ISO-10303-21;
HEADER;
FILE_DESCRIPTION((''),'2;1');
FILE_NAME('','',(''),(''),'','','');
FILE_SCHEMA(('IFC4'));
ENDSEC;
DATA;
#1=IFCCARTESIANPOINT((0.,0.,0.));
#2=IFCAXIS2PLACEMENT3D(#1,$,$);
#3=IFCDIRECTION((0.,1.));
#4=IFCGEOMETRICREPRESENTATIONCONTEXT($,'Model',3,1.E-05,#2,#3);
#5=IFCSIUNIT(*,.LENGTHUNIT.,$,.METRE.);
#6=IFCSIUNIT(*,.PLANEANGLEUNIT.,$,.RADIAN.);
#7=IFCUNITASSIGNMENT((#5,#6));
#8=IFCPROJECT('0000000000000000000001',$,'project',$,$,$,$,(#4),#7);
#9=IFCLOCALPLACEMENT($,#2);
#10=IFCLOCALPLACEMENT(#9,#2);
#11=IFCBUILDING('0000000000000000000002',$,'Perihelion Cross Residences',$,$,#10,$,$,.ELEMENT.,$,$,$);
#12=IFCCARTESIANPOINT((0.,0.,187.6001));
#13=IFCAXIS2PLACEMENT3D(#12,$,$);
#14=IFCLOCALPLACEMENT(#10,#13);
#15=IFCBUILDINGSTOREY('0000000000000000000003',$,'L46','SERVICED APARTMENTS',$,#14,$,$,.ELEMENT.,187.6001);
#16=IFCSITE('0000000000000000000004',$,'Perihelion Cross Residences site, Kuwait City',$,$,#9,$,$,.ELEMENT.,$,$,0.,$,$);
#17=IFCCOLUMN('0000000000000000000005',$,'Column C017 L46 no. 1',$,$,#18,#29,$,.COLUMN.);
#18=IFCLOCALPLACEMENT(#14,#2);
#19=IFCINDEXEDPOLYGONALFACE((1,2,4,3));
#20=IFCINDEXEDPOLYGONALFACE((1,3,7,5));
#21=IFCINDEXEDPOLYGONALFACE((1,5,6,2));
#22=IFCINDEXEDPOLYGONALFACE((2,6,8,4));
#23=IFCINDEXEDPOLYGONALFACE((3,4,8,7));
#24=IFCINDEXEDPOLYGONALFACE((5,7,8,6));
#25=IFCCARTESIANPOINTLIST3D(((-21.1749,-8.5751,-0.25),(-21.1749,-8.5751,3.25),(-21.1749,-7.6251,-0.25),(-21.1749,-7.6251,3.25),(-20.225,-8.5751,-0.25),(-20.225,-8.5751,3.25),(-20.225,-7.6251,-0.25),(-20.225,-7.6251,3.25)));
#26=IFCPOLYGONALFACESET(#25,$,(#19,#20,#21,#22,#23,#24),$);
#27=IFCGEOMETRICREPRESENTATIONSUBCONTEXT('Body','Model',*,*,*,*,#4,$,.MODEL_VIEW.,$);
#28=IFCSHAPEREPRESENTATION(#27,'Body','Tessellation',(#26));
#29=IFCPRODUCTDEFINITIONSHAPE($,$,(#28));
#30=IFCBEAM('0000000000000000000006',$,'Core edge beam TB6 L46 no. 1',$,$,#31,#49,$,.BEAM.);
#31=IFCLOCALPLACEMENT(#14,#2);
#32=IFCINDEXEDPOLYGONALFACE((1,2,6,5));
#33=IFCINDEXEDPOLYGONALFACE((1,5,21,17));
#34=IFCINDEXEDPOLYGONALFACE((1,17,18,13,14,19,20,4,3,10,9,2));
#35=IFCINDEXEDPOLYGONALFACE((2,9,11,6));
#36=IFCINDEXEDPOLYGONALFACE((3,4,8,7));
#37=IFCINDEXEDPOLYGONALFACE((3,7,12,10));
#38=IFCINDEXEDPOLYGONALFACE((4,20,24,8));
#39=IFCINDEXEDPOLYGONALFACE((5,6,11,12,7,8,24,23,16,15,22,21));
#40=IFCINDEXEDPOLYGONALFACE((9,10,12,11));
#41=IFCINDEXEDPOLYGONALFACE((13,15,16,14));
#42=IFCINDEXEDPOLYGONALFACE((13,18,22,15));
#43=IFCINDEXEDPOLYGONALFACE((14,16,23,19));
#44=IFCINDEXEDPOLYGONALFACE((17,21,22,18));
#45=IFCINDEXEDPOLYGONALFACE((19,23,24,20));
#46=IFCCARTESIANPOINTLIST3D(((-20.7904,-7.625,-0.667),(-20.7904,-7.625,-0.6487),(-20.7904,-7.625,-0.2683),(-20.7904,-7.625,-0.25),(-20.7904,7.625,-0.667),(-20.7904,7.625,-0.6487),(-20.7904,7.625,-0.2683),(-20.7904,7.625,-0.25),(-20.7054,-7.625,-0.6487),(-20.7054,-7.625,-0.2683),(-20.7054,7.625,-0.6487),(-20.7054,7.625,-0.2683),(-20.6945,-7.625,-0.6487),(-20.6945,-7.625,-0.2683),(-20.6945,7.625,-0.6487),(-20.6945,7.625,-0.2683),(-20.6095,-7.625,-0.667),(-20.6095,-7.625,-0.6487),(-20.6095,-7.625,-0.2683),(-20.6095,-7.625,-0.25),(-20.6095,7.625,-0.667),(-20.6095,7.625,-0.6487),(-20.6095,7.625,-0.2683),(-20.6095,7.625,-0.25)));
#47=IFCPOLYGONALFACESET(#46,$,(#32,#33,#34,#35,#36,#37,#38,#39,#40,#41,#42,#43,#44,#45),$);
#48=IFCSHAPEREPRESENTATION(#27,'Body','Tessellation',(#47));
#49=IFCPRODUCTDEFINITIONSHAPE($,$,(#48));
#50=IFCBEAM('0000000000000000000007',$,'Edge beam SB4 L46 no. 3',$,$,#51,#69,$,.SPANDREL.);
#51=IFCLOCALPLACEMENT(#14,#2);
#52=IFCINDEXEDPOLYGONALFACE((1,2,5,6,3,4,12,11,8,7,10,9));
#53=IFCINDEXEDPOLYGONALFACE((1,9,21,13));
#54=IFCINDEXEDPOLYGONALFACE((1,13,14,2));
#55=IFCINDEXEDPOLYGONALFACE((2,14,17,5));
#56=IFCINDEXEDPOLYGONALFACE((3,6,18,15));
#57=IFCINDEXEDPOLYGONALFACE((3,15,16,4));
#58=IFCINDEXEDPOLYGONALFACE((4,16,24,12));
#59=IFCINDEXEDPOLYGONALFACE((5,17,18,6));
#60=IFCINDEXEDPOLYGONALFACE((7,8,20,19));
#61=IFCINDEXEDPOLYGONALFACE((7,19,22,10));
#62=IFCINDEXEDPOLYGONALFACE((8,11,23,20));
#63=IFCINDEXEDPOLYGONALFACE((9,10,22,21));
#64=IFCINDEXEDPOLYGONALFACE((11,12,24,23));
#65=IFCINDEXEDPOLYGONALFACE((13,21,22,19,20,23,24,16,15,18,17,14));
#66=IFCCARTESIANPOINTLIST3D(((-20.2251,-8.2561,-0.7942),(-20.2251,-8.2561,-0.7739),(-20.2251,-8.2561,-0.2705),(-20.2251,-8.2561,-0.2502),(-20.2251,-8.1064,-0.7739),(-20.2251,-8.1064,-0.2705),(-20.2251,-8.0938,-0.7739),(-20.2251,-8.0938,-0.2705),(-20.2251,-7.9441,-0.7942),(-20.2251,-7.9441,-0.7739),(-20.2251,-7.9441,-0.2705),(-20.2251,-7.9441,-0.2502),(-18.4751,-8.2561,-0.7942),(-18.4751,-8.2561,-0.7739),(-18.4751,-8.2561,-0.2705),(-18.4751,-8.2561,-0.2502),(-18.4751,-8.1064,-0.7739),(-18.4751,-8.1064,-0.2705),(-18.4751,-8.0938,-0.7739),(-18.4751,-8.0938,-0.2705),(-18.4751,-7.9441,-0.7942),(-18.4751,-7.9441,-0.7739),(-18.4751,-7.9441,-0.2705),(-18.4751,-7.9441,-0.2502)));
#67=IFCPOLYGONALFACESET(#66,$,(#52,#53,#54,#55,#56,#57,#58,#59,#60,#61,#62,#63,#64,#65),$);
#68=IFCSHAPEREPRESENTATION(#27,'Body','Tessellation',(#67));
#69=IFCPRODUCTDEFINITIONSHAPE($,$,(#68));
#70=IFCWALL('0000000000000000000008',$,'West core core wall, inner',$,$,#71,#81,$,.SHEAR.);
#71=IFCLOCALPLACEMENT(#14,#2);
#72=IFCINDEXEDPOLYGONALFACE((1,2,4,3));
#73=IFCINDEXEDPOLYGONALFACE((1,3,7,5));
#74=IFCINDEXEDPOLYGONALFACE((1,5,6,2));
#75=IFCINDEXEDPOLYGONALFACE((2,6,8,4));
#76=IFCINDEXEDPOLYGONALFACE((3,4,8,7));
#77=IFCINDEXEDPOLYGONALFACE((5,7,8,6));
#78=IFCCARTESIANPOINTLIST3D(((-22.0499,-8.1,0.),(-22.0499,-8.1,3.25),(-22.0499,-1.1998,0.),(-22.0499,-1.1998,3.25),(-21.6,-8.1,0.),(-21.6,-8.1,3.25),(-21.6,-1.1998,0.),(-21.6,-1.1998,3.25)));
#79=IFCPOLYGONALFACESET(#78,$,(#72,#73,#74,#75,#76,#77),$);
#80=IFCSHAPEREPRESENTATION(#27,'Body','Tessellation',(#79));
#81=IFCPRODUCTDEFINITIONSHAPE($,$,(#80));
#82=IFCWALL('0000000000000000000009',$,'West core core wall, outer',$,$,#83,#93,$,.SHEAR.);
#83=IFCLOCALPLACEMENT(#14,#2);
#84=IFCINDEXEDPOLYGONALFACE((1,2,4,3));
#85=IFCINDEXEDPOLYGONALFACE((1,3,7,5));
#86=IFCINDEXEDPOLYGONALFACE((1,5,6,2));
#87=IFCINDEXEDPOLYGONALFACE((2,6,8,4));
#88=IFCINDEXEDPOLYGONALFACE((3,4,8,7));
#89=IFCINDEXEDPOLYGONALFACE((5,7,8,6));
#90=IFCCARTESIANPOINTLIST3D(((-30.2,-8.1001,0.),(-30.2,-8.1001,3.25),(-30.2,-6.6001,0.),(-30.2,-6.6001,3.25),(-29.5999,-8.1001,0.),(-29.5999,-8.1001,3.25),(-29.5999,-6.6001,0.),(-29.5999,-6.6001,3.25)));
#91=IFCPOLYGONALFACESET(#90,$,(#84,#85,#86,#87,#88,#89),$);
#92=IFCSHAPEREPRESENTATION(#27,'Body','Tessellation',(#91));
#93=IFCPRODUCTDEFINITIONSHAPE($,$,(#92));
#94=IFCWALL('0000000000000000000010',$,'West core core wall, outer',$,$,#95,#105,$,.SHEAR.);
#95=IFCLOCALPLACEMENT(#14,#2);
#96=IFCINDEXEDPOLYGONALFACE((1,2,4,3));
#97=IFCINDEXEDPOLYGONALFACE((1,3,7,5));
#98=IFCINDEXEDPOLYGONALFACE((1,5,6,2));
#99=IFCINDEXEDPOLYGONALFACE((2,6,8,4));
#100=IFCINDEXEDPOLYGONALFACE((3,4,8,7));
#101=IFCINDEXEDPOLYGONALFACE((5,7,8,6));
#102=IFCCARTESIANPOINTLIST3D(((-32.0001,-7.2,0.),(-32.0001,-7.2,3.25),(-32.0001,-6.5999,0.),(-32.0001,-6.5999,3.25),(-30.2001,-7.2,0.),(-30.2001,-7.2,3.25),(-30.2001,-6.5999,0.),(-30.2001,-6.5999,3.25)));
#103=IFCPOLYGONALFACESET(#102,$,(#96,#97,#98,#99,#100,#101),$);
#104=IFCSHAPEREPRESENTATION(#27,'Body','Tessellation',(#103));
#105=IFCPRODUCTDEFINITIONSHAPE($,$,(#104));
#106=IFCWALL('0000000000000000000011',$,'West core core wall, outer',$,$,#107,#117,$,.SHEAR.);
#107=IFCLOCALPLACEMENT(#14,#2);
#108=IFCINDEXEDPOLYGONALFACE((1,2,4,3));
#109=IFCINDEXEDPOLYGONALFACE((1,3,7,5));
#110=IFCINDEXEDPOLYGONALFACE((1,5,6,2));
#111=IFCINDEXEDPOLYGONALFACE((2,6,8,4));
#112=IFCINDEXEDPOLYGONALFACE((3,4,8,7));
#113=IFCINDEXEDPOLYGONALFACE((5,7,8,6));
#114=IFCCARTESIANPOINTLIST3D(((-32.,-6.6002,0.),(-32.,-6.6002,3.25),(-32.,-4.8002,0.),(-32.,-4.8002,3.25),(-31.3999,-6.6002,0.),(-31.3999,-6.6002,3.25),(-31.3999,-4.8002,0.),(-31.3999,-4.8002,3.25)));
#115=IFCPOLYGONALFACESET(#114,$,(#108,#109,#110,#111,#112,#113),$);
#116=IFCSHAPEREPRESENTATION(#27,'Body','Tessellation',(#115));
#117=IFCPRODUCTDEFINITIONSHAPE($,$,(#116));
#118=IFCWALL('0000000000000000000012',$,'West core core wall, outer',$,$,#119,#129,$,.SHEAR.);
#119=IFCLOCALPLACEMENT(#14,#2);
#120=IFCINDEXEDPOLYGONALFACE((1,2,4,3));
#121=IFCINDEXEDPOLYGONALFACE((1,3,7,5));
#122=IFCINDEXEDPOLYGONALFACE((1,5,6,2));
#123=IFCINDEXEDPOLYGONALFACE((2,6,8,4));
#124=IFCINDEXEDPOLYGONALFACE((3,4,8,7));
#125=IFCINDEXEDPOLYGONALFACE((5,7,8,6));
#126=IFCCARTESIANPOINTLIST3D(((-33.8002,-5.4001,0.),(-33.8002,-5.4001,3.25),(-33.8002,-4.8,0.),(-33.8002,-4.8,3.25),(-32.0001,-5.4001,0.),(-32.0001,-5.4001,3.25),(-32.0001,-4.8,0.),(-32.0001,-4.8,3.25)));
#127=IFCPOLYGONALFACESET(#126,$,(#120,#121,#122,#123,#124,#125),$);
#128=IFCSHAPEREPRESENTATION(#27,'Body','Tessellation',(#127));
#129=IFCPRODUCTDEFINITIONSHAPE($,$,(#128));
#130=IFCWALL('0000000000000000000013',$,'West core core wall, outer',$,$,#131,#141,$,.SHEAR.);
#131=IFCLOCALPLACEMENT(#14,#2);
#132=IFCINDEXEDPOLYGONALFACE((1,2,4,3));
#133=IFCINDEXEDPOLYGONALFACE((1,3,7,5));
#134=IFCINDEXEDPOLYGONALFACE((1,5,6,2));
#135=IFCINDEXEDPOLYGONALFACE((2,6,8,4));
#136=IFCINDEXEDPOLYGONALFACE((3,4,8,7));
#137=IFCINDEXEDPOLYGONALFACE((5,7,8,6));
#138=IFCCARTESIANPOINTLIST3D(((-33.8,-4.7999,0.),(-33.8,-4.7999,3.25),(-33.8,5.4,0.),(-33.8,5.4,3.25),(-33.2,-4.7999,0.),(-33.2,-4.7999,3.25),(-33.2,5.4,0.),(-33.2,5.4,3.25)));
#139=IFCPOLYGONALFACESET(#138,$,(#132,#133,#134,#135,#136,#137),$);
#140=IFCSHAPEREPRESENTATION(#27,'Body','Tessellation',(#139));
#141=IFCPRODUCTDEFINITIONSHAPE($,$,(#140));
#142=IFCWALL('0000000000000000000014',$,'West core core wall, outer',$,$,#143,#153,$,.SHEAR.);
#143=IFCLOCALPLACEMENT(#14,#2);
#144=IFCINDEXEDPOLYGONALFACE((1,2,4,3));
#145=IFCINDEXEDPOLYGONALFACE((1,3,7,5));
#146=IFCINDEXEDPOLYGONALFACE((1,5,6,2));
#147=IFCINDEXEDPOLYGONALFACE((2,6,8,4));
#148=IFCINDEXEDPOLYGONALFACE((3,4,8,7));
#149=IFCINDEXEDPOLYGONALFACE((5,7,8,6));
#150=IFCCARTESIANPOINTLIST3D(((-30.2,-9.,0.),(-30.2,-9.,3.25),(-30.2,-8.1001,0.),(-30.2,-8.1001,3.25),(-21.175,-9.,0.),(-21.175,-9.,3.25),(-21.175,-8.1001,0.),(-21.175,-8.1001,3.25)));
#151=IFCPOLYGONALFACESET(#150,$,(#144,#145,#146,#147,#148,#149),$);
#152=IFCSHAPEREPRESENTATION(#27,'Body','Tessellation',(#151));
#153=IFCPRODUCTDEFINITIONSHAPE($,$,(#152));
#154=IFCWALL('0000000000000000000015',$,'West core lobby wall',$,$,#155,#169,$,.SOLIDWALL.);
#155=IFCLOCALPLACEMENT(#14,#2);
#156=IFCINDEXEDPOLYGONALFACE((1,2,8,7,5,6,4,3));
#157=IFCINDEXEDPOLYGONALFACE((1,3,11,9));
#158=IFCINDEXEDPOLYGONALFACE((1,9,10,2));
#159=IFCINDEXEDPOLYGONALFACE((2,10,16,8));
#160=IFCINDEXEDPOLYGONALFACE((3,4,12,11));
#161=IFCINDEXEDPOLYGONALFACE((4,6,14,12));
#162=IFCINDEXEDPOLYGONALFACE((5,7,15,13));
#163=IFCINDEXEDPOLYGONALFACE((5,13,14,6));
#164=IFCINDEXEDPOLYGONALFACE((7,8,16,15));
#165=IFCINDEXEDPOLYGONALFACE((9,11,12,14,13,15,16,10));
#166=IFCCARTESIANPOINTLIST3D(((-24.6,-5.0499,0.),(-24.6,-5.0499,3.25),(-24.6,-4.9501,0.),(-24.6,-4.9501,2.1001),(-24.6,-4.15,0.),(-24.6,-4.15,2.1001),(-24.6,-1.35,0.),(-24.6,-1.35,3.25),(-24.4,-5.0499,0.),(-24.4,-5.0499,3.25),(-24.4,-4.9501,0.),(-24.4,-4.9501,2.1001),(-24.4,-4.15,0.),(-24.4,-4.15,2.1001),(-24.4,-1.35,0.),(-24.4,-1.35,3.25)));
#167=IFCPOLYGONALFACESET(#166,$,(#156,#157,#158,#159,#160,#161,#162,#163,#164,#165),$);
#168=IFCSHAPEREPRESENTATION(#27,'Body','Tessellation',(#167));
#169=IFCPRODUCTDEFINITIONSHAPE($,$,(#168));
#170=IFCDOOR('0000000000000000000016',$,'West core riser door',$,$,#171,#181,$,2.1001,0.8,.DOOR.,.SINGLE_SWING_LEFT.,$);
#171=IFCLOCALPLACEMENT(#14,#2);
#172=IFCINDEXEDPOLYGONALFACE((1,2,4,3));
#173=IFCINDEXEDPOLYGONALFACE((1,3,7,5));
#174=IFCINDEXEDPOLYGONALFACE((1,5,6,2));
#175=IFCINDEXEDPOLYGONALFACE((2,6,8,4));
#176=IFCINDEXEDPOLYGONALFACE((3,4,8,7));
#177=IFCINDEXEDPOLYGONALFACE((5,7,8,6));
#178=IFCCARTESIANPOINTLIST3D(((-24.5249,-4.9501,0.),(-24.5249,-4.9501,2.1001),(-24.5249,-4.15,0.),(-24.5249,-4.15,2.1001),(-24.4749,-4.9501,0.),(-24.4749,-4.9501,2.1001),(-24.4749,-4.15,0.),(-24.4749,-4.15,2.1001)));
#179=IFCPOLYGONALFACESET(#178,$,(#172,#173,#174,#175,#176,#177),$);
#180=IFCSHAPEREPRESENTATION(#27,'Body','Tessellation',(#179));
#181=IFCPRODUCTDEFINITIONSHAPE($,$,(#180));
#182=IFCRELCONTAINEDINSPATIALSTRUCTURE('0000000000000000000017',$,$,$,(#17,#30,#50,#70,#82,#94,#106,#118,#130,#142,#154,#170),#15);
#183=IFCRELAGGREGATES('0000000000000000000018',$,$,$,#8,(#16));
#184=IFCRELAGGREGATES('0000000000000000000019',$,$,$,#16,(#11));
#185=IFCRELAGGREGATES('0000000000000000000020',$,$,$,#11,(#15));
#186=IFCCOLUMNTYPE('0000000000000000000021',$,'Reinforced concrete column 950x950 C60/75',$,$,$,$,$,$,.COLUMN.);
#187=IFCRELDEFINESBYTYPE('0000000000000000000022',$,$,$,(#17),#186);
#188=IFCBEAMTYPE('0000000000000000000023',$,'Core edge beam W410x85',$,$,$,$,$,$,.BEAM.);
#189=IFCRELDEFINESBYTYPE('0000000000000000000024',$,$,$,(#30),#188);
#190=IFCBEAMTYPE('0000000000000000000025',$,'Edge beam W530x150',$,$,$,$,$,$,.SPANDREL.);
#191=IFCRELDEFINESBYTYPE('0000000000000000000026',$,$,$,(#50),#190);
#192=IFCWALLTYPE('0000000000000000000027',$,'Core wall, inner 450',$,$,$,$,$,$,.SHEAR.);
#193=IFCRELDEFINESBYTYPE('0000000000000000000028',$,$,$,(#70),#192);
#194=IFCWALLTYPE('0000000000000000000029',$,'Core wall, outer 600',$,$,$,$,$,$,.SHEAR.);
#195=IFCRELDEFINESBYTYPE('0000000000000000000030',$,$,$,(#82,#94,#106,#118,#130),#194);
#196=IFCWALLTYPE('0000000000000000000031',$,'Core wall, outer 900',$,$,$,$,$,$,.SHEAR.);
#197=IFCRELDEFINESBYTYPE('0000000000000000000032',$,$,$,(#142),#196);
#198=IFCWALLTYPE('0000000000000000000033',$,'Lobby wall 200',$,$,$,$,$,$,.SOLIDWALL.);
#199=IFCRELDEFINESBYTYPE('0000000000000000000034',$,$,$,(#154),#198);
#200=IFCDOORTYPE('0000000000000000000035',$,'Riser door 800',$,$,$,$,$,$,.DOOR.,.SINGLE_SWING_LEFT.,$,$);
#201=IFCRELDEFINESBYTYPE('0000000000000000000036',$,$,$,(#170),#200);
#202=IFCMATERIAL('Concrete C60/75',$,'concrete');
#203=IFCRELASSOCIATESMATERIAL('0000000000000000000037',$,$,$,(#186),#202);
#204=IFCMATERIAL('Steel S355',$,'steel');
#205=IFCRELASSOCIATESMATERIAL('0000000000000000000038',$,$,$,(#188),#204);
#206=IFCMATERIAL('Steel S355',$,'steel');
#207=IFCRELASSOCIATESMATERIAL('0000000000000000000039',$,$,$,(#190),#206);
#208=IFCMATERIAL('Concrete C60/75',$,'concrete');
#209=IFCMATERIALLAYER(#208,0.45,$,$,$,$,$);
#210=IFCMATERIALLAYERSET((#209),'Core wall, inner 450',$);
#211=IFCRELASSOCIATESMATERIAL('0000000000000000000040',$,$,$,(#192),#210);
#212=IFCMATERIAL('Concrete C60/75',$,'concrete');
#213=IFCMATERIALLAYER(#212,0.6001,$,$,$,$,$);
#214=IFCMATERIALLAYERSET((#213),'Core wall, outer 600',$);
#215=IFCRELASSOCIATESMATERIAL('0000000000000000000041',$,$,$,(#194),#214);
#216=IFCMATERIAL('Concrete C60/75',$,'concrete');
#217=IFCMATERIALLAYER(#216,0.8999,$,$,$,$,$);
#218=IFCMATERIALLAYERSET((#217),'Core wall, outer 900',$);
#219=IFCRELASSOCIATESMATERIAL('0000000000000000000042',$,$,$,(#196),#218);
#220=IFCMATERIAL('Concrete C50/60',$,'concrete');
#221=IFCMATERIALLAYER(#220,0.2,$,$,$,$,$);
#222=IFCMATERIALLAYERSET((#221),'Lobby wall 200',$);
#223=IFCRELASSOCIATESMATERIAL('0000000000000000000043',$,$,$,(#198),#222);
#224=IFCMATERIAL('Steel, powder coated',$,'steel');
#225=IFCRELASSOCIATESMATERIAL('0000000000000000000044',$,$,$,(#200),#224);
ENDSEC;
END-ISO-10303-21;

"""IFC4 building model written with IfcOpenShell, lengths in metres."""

from ifc_helpers import new_model, si_unit, direction, frame, frame_2d, origin, origin_2d, place, context, subcontext, project, spatial, rectangle, i_section, extrude, material, layer, layer_set, material_profile, profile_set, type_object, element, fill, save


model = new_model("IFC4")

# Units and contexts
model_context = context("Model", 3, precision=1e-05, world=origin(), true_north=direction((0.0, 1.0)))
body_context = subcontext(model_context, "Body", "Model", "MODEL_VIEW")
ifc_project = project(units=[si_unit("LENGTHUNIT", "METRE"), si_unit("PLANEANGLEUNIT", "RADIAN")], contexts=[model_context])

# Site, building, storey
site_placement = place(None, origin())
site = spatial("IfcSite", under=ifc_project, at=site_placement, Name="Perihelion Cross Residences site, Kuwait City", CompositionType="ELEMENT", RefElevation=0.0)
building_placement = place(site_placement, origin())
building = spatial("IfcBuilding", under=site, at=building_placement, Name="Perihelion Cross Residences", CompositionType="ELEMENT")
storey_placement = place(building_placement, frame((0.0, 0.0, 187.6001)))
storey = spatial("IfcBuildingStorey", under=building, at=storey_placement, Name="L46", Description="SERVICED APARTMENTS", CompositionType="ELEMENT", Elevation=187.6001)

# Column
ifc_material_1 = material(Name="Concrete C60/75", Category="concrete")
ifc_material_profile_1 = material_profile(ifc_material_1, rectangle(XDim=0.95, YDim=0.95, at=origin_2d()), Name="RC 950x950")
ifc_profile_set_1 = profile_set([ifc_material_profile_1], Name="Concrete C60/75")
column_type = type_object("IfcColumnType", Name="Reinforced concrete column 950x950 C60/75", PredefinedType="COLUMN", material=ifc_profile_set_1)
column_placement = place(storey_placement, frame((-20.7, -8.1001, -0.25), z_axis=(0.0, 0.0, 1.0), x_axis=(1.0, 0.0, 0.0)))
element("IfcColumn", 1, at=column_placement, inside=storey, type_object=column_type, Name="Column C017 L46 no. 1", PredefinedType="COLUMN", context=body_context, shape_type="SweptSolid", body=[
    extrude(rectangle(XDim=0.95, YDim=0.95, at=origin_2d()), origin(), (0.0, 0.0, 1.0), 3.5),
])

# Beams
ifc_material_2 = material(Name="Steel S355", Category="steel")
ifc_material_profile_2 = material_profile(ifc_material_2, i_section(OverallWidth=0.1809, OverallDepth=0.417, WebThickness=0.011, FlangeThickness=0.0183, at=origin_2d()), Name="W410x85")
ifc_profile_set_2 = profile_set([ifc_material_profile_2], Name="Steel S355")
beam_type_1 = type_object("IfcBeamType", Name="Core edge beam W410x85", PredefinedType="BEAM", material=ifc_profile_set_2)
beam_1_placement = place(storey_placement, frame((-20.7, -7.625, -0.4585), z_axis=(0.0, 1.0, 0.0), x_axis=(-1.0, 0.0, 0.0)))
element("IfcBeam", 2, at=beam_1_placement, inside=storey, type_object=beam_type_1, Name="Core edge beam TB6 L46 no. 1", PredefinedType="BEAM", context=body_context, shape_type="SweptSolid", body=[
    extrude(i_section(OverallWidth=0.1809, OverallDepth=0.417, WebThickness=0.011, FlangeThickness=0.0183, at=origin_2d()), origin(), (0.0, 0.0, 1.0), 15.25),
])
ifc_material_3 = material(Name="Steel S355", Category="steel")
ifc_material_profile_3 = material_profile(ifc_material_3, i_section(OverallWidth=0.312, OverallDepth=0.5439, WebThickness=0.0127, FlangeThickness=0.0203, at=origin_2d()), Name="W530x150")
ifc_profile_set_3 = profile_set([ifc_material_profile_3], Name="Steel S355")
beam_type_2 = type_object("IfcBeamType", Name="Edge beam W530x150", PredefinedType="SPANDREL", material=ifc_profile_set_3)
beam_2_placement = place(storey_placement, frame((-20.2251, -8.1001, -0.5222), z_axis=(1.0, 0.0, 0.0), x_axis=(0.0, 1.0, 0.0)))
element("IfcBeam", 3, at=beam_2_placement, inside=storey, type_object=beam_type_2, Name="Edge beam SB4 L46 no. 3", PredefinedType="SPANDREL", context=body_context, shape_type="SweptSolid", body=[
    extrude(i_section(OverallWidth=0.312, OverallDepth=0.5439, WebThickness=0.0127, FlangeThickness=0.0203, at=origin_2d()), origin(), (0.0, 0.0, 1.0), 1.75),
])

# Walls
ifc_material_4 = material(Name="Concrete C60/75", Category="concrete")
ifc_layer_1 = layer(ifc_material_4, 0.45)
ifc_layer_set_1 = layer_set([ifc_layer_1], Name="Core wall, inner 450")
wall_type_1 = type_object("IfcWallType", Name="Core wall, inner 450", PredefinedType="SHEAR", material=ifc_layer_set_1)
wall_1_placement = place(storey_placement, frame((-21.825, -8.1001, 0.0), z_axis=(0.0, 0.0, 1.0), x_axis=(0.0, 1.0, 0.0)))
element("IfcWall", 4, at=wall_1_placement, inside=storey, type_object=wall_type_1, Name="West core core wall, inner", PredefinedType="SHEAR", context=body_context, shape_type="SweptSolid", body=[
    extrude(rectangle(XDim=6.9001, YDim=0.45, at=frame_2d((3.4502, 0.0))), origin(), (0.0, 0.0, 1.0), 3.25),
])
ifc_material_5 = material(Name="Concrete C60/75", Category="concrete")
ifc_layer_2 = layer(ifc_material_5, 0.6001)
ifc_layer_set_2 = layer_set([ifc_layer_2], Name="Core wall, outer 600")
wall_type_2 = type_object("IfcWallType", Name="Core wall, outer 600", PredefinedType="SHEAR", material=ifc_layer_set_2)
wall_2_placement = place(storey_placement, frame((-29.8999, -8.1001, 0.0), z_axis=(0.0, 0.0, 1.0), x_axis=(0.0, 1.0, 0.0)))
element("IfcWall", 5, at=wall_2_placement, inside=storey, type_object=wall_type_2, Name="West core core wall, outer", PredefinedType="SHEAR", context=body_context, shape_type="SweptSolid", body=[
    extrude(rectangle(XDim=1.5, YDim=0.6001, at=frame_2d((0.75, 0.0))), origin(), (0.0, 0.0, 1.0), 3.25),
])
for number, where, z_axis, x_axis, name in (
    (6, (-32.0, -6.8999, 0.0), (0.0, 0.0, 1.0), (1.0, 0.0, 0.0), "West core core wall, outer"),
    (7, (-31.7, -6.6001, 0.0), (0.0, 0.0, 1.0), (0.0, 1.0, 0.0), "West core core wall, outer"),
    (8, (-33.8, -5.1001, 0.0), (0.0, 0.0, 1.0), (1.0, 0.0, 0.0), "West core core wall, outer"),
):
    element("IfcWall", number, at=place(storey_placement, frame(where, z_axis=z_axis, x_axis=x_axis)), inside=storey, type_object=wall_type_2, Name=name, PredefinedType="SHEAR", context=body_context, shape_type="SweptSolid", body=[
        extrude(rectangle(XDim=1.8, YDim=0.6001, at=frame_2d((0.8999, 0.0))), origin(), (0.0, 0.0, 1.0), 3.25),
    ])
wall_3_placement = place(storey_placement, frame((-33.5, -4.8, 0.0), z_axis=(0.0, 0.0, 1.0), x_axis=(0.0, 1.0, 0.0)))
element("IfcWall", 9, at=wall_3_placement, inside=storey, type_object=wall_type_2, Name="West core core wall, outer", PredefinedType="SHEAR", context=body_context, shape_type="SweptSolid", body=[
    extrude(rectangle(XDim=10.2, YDim=0.6001, at=frame_2d((5.1001, 0.0))), origin(), (0.0, 0.0, 1.0), 3.25),
])
ifc_material_6 = material(Name="Concrete C60/75", Category="concrete")
ifc_layer_3 = layer(ifc_material_6, 0.8999)
ifc_layer_set_3 = layer_set([ifc_layer_3], Name="Core wall, outer 900")
wall_type_3 = type_object("IfcWallType", Name="Core wall, outer 900", PredefinedType="SHEAR", material=ifc_layer_set_3)
wall_4_placement = place(storey_placement, frame((-30.2, -8.55, 0.0), z_axis=(0.0, 0.0, 1.0), x_axis=(1.0, 0.0, 0.0)))
element("IfcWall", 10, at=wall_4_placement, inside=storey, type_object=wall_type_3, Name="West core core wall, outer", PredefinedType="SHEAR", context=body_context, shape_type="SweptSolid", body=[
    extrude(rectangle(XDim=9.0249, YDim=0.8999, at=frame_2d((4.5125, 0.0))), origin(), (0.0, 0.0, 1.0), 3.25),
])

# Wall, opening, door
ifc_material_7 = material(Name="Concrete C50/60", Category="concrete")
ifc_layer_4 = layer(ifc_material_7, 0.2)
ifc_layer_set_4 = layer_set([ifc_layer_4], Name="Lobby wall 200")
wall_type_4 = type_object("IfcWallType", Name="Lobby wall 200", PredefinedType="SOLIDWALL", material=ifc_layer_set_4)
wall_5_placement = place(storey_placement, frame((-24.5, -5.05, 0.0), z_axis=(0.0, 0.0, 1.0), x_axis=(0.0, 1.0, 0.0)))
wall_5 = element("IfcWall", 11, at=wall_5_placement, inside=storey, type_object=wall_type_4, Name="West core lobby wall", PredefinedType="SOLIDWALL", context=body_context, shape_type="SweptSolid", body=[
    extrude(rectangle(XDim=3.7, YDim=0.2, at=frame_2d((1.8501, 0.0))), origin(), (0.0, 0.0, 1.0), 3.25),
])
opening_1_placement = place(wall_5_placement, frame((0.1001, 0.0, 0.0)))
opening_1 = element("IfcOpeningElement", 12, at=opening_1_placement, cuts=wall_5, PredefinedType="OPENING", context=body_context, shape_type="SweptSolid", body=[
    extrude(rectangle(XDim=0.8, YDim=2.1001, at=frame_2d((0.3999, 1.05))), frame((0.0, 0.1099, 0.0), z_axis=(0.0, -1.0, 0.0), x_axis=(1.0, 0.0, 0.0)), (0.0, 0.0, 1.0), 0.22),
])
ifc_material_8 = material(Name="Steel, powder coated", Category="steel")
door_type_1 = type_object("IfcDoorType", Name="Riser door 800", OperationType="SINGLE_SWING_LEFT", PredefinedType="DOOR", material=ifc_material_8)
door_1_placement = place(opening_1_placement, origin())
door_1 = element("IfcDoor", 13, at=door_1_placement, inside=storey, type_object=door_type_1, Name="West core riser door", OperationType="SINGLE_SWING_LEFT", OverallHeight=2.1001, OverallWidth=0.8, PredefinedType="DOOR", context=body_context, shape_type="SweptSolid", body=[
    extrude(rectangle(XDim=0.8, YDim=2.1001, at=frame_2d((0.3999, 1.05))), frame((0.0, 0.0249, 0.0), z_axis=(0.0, -1.0, 0.0), x_axis=(1.0, 0.0, 0.0)), (0.0, 0.0, 1.0), 0.05),
])
fill(opening_1, door_1)

save(model, "model.ifc")
